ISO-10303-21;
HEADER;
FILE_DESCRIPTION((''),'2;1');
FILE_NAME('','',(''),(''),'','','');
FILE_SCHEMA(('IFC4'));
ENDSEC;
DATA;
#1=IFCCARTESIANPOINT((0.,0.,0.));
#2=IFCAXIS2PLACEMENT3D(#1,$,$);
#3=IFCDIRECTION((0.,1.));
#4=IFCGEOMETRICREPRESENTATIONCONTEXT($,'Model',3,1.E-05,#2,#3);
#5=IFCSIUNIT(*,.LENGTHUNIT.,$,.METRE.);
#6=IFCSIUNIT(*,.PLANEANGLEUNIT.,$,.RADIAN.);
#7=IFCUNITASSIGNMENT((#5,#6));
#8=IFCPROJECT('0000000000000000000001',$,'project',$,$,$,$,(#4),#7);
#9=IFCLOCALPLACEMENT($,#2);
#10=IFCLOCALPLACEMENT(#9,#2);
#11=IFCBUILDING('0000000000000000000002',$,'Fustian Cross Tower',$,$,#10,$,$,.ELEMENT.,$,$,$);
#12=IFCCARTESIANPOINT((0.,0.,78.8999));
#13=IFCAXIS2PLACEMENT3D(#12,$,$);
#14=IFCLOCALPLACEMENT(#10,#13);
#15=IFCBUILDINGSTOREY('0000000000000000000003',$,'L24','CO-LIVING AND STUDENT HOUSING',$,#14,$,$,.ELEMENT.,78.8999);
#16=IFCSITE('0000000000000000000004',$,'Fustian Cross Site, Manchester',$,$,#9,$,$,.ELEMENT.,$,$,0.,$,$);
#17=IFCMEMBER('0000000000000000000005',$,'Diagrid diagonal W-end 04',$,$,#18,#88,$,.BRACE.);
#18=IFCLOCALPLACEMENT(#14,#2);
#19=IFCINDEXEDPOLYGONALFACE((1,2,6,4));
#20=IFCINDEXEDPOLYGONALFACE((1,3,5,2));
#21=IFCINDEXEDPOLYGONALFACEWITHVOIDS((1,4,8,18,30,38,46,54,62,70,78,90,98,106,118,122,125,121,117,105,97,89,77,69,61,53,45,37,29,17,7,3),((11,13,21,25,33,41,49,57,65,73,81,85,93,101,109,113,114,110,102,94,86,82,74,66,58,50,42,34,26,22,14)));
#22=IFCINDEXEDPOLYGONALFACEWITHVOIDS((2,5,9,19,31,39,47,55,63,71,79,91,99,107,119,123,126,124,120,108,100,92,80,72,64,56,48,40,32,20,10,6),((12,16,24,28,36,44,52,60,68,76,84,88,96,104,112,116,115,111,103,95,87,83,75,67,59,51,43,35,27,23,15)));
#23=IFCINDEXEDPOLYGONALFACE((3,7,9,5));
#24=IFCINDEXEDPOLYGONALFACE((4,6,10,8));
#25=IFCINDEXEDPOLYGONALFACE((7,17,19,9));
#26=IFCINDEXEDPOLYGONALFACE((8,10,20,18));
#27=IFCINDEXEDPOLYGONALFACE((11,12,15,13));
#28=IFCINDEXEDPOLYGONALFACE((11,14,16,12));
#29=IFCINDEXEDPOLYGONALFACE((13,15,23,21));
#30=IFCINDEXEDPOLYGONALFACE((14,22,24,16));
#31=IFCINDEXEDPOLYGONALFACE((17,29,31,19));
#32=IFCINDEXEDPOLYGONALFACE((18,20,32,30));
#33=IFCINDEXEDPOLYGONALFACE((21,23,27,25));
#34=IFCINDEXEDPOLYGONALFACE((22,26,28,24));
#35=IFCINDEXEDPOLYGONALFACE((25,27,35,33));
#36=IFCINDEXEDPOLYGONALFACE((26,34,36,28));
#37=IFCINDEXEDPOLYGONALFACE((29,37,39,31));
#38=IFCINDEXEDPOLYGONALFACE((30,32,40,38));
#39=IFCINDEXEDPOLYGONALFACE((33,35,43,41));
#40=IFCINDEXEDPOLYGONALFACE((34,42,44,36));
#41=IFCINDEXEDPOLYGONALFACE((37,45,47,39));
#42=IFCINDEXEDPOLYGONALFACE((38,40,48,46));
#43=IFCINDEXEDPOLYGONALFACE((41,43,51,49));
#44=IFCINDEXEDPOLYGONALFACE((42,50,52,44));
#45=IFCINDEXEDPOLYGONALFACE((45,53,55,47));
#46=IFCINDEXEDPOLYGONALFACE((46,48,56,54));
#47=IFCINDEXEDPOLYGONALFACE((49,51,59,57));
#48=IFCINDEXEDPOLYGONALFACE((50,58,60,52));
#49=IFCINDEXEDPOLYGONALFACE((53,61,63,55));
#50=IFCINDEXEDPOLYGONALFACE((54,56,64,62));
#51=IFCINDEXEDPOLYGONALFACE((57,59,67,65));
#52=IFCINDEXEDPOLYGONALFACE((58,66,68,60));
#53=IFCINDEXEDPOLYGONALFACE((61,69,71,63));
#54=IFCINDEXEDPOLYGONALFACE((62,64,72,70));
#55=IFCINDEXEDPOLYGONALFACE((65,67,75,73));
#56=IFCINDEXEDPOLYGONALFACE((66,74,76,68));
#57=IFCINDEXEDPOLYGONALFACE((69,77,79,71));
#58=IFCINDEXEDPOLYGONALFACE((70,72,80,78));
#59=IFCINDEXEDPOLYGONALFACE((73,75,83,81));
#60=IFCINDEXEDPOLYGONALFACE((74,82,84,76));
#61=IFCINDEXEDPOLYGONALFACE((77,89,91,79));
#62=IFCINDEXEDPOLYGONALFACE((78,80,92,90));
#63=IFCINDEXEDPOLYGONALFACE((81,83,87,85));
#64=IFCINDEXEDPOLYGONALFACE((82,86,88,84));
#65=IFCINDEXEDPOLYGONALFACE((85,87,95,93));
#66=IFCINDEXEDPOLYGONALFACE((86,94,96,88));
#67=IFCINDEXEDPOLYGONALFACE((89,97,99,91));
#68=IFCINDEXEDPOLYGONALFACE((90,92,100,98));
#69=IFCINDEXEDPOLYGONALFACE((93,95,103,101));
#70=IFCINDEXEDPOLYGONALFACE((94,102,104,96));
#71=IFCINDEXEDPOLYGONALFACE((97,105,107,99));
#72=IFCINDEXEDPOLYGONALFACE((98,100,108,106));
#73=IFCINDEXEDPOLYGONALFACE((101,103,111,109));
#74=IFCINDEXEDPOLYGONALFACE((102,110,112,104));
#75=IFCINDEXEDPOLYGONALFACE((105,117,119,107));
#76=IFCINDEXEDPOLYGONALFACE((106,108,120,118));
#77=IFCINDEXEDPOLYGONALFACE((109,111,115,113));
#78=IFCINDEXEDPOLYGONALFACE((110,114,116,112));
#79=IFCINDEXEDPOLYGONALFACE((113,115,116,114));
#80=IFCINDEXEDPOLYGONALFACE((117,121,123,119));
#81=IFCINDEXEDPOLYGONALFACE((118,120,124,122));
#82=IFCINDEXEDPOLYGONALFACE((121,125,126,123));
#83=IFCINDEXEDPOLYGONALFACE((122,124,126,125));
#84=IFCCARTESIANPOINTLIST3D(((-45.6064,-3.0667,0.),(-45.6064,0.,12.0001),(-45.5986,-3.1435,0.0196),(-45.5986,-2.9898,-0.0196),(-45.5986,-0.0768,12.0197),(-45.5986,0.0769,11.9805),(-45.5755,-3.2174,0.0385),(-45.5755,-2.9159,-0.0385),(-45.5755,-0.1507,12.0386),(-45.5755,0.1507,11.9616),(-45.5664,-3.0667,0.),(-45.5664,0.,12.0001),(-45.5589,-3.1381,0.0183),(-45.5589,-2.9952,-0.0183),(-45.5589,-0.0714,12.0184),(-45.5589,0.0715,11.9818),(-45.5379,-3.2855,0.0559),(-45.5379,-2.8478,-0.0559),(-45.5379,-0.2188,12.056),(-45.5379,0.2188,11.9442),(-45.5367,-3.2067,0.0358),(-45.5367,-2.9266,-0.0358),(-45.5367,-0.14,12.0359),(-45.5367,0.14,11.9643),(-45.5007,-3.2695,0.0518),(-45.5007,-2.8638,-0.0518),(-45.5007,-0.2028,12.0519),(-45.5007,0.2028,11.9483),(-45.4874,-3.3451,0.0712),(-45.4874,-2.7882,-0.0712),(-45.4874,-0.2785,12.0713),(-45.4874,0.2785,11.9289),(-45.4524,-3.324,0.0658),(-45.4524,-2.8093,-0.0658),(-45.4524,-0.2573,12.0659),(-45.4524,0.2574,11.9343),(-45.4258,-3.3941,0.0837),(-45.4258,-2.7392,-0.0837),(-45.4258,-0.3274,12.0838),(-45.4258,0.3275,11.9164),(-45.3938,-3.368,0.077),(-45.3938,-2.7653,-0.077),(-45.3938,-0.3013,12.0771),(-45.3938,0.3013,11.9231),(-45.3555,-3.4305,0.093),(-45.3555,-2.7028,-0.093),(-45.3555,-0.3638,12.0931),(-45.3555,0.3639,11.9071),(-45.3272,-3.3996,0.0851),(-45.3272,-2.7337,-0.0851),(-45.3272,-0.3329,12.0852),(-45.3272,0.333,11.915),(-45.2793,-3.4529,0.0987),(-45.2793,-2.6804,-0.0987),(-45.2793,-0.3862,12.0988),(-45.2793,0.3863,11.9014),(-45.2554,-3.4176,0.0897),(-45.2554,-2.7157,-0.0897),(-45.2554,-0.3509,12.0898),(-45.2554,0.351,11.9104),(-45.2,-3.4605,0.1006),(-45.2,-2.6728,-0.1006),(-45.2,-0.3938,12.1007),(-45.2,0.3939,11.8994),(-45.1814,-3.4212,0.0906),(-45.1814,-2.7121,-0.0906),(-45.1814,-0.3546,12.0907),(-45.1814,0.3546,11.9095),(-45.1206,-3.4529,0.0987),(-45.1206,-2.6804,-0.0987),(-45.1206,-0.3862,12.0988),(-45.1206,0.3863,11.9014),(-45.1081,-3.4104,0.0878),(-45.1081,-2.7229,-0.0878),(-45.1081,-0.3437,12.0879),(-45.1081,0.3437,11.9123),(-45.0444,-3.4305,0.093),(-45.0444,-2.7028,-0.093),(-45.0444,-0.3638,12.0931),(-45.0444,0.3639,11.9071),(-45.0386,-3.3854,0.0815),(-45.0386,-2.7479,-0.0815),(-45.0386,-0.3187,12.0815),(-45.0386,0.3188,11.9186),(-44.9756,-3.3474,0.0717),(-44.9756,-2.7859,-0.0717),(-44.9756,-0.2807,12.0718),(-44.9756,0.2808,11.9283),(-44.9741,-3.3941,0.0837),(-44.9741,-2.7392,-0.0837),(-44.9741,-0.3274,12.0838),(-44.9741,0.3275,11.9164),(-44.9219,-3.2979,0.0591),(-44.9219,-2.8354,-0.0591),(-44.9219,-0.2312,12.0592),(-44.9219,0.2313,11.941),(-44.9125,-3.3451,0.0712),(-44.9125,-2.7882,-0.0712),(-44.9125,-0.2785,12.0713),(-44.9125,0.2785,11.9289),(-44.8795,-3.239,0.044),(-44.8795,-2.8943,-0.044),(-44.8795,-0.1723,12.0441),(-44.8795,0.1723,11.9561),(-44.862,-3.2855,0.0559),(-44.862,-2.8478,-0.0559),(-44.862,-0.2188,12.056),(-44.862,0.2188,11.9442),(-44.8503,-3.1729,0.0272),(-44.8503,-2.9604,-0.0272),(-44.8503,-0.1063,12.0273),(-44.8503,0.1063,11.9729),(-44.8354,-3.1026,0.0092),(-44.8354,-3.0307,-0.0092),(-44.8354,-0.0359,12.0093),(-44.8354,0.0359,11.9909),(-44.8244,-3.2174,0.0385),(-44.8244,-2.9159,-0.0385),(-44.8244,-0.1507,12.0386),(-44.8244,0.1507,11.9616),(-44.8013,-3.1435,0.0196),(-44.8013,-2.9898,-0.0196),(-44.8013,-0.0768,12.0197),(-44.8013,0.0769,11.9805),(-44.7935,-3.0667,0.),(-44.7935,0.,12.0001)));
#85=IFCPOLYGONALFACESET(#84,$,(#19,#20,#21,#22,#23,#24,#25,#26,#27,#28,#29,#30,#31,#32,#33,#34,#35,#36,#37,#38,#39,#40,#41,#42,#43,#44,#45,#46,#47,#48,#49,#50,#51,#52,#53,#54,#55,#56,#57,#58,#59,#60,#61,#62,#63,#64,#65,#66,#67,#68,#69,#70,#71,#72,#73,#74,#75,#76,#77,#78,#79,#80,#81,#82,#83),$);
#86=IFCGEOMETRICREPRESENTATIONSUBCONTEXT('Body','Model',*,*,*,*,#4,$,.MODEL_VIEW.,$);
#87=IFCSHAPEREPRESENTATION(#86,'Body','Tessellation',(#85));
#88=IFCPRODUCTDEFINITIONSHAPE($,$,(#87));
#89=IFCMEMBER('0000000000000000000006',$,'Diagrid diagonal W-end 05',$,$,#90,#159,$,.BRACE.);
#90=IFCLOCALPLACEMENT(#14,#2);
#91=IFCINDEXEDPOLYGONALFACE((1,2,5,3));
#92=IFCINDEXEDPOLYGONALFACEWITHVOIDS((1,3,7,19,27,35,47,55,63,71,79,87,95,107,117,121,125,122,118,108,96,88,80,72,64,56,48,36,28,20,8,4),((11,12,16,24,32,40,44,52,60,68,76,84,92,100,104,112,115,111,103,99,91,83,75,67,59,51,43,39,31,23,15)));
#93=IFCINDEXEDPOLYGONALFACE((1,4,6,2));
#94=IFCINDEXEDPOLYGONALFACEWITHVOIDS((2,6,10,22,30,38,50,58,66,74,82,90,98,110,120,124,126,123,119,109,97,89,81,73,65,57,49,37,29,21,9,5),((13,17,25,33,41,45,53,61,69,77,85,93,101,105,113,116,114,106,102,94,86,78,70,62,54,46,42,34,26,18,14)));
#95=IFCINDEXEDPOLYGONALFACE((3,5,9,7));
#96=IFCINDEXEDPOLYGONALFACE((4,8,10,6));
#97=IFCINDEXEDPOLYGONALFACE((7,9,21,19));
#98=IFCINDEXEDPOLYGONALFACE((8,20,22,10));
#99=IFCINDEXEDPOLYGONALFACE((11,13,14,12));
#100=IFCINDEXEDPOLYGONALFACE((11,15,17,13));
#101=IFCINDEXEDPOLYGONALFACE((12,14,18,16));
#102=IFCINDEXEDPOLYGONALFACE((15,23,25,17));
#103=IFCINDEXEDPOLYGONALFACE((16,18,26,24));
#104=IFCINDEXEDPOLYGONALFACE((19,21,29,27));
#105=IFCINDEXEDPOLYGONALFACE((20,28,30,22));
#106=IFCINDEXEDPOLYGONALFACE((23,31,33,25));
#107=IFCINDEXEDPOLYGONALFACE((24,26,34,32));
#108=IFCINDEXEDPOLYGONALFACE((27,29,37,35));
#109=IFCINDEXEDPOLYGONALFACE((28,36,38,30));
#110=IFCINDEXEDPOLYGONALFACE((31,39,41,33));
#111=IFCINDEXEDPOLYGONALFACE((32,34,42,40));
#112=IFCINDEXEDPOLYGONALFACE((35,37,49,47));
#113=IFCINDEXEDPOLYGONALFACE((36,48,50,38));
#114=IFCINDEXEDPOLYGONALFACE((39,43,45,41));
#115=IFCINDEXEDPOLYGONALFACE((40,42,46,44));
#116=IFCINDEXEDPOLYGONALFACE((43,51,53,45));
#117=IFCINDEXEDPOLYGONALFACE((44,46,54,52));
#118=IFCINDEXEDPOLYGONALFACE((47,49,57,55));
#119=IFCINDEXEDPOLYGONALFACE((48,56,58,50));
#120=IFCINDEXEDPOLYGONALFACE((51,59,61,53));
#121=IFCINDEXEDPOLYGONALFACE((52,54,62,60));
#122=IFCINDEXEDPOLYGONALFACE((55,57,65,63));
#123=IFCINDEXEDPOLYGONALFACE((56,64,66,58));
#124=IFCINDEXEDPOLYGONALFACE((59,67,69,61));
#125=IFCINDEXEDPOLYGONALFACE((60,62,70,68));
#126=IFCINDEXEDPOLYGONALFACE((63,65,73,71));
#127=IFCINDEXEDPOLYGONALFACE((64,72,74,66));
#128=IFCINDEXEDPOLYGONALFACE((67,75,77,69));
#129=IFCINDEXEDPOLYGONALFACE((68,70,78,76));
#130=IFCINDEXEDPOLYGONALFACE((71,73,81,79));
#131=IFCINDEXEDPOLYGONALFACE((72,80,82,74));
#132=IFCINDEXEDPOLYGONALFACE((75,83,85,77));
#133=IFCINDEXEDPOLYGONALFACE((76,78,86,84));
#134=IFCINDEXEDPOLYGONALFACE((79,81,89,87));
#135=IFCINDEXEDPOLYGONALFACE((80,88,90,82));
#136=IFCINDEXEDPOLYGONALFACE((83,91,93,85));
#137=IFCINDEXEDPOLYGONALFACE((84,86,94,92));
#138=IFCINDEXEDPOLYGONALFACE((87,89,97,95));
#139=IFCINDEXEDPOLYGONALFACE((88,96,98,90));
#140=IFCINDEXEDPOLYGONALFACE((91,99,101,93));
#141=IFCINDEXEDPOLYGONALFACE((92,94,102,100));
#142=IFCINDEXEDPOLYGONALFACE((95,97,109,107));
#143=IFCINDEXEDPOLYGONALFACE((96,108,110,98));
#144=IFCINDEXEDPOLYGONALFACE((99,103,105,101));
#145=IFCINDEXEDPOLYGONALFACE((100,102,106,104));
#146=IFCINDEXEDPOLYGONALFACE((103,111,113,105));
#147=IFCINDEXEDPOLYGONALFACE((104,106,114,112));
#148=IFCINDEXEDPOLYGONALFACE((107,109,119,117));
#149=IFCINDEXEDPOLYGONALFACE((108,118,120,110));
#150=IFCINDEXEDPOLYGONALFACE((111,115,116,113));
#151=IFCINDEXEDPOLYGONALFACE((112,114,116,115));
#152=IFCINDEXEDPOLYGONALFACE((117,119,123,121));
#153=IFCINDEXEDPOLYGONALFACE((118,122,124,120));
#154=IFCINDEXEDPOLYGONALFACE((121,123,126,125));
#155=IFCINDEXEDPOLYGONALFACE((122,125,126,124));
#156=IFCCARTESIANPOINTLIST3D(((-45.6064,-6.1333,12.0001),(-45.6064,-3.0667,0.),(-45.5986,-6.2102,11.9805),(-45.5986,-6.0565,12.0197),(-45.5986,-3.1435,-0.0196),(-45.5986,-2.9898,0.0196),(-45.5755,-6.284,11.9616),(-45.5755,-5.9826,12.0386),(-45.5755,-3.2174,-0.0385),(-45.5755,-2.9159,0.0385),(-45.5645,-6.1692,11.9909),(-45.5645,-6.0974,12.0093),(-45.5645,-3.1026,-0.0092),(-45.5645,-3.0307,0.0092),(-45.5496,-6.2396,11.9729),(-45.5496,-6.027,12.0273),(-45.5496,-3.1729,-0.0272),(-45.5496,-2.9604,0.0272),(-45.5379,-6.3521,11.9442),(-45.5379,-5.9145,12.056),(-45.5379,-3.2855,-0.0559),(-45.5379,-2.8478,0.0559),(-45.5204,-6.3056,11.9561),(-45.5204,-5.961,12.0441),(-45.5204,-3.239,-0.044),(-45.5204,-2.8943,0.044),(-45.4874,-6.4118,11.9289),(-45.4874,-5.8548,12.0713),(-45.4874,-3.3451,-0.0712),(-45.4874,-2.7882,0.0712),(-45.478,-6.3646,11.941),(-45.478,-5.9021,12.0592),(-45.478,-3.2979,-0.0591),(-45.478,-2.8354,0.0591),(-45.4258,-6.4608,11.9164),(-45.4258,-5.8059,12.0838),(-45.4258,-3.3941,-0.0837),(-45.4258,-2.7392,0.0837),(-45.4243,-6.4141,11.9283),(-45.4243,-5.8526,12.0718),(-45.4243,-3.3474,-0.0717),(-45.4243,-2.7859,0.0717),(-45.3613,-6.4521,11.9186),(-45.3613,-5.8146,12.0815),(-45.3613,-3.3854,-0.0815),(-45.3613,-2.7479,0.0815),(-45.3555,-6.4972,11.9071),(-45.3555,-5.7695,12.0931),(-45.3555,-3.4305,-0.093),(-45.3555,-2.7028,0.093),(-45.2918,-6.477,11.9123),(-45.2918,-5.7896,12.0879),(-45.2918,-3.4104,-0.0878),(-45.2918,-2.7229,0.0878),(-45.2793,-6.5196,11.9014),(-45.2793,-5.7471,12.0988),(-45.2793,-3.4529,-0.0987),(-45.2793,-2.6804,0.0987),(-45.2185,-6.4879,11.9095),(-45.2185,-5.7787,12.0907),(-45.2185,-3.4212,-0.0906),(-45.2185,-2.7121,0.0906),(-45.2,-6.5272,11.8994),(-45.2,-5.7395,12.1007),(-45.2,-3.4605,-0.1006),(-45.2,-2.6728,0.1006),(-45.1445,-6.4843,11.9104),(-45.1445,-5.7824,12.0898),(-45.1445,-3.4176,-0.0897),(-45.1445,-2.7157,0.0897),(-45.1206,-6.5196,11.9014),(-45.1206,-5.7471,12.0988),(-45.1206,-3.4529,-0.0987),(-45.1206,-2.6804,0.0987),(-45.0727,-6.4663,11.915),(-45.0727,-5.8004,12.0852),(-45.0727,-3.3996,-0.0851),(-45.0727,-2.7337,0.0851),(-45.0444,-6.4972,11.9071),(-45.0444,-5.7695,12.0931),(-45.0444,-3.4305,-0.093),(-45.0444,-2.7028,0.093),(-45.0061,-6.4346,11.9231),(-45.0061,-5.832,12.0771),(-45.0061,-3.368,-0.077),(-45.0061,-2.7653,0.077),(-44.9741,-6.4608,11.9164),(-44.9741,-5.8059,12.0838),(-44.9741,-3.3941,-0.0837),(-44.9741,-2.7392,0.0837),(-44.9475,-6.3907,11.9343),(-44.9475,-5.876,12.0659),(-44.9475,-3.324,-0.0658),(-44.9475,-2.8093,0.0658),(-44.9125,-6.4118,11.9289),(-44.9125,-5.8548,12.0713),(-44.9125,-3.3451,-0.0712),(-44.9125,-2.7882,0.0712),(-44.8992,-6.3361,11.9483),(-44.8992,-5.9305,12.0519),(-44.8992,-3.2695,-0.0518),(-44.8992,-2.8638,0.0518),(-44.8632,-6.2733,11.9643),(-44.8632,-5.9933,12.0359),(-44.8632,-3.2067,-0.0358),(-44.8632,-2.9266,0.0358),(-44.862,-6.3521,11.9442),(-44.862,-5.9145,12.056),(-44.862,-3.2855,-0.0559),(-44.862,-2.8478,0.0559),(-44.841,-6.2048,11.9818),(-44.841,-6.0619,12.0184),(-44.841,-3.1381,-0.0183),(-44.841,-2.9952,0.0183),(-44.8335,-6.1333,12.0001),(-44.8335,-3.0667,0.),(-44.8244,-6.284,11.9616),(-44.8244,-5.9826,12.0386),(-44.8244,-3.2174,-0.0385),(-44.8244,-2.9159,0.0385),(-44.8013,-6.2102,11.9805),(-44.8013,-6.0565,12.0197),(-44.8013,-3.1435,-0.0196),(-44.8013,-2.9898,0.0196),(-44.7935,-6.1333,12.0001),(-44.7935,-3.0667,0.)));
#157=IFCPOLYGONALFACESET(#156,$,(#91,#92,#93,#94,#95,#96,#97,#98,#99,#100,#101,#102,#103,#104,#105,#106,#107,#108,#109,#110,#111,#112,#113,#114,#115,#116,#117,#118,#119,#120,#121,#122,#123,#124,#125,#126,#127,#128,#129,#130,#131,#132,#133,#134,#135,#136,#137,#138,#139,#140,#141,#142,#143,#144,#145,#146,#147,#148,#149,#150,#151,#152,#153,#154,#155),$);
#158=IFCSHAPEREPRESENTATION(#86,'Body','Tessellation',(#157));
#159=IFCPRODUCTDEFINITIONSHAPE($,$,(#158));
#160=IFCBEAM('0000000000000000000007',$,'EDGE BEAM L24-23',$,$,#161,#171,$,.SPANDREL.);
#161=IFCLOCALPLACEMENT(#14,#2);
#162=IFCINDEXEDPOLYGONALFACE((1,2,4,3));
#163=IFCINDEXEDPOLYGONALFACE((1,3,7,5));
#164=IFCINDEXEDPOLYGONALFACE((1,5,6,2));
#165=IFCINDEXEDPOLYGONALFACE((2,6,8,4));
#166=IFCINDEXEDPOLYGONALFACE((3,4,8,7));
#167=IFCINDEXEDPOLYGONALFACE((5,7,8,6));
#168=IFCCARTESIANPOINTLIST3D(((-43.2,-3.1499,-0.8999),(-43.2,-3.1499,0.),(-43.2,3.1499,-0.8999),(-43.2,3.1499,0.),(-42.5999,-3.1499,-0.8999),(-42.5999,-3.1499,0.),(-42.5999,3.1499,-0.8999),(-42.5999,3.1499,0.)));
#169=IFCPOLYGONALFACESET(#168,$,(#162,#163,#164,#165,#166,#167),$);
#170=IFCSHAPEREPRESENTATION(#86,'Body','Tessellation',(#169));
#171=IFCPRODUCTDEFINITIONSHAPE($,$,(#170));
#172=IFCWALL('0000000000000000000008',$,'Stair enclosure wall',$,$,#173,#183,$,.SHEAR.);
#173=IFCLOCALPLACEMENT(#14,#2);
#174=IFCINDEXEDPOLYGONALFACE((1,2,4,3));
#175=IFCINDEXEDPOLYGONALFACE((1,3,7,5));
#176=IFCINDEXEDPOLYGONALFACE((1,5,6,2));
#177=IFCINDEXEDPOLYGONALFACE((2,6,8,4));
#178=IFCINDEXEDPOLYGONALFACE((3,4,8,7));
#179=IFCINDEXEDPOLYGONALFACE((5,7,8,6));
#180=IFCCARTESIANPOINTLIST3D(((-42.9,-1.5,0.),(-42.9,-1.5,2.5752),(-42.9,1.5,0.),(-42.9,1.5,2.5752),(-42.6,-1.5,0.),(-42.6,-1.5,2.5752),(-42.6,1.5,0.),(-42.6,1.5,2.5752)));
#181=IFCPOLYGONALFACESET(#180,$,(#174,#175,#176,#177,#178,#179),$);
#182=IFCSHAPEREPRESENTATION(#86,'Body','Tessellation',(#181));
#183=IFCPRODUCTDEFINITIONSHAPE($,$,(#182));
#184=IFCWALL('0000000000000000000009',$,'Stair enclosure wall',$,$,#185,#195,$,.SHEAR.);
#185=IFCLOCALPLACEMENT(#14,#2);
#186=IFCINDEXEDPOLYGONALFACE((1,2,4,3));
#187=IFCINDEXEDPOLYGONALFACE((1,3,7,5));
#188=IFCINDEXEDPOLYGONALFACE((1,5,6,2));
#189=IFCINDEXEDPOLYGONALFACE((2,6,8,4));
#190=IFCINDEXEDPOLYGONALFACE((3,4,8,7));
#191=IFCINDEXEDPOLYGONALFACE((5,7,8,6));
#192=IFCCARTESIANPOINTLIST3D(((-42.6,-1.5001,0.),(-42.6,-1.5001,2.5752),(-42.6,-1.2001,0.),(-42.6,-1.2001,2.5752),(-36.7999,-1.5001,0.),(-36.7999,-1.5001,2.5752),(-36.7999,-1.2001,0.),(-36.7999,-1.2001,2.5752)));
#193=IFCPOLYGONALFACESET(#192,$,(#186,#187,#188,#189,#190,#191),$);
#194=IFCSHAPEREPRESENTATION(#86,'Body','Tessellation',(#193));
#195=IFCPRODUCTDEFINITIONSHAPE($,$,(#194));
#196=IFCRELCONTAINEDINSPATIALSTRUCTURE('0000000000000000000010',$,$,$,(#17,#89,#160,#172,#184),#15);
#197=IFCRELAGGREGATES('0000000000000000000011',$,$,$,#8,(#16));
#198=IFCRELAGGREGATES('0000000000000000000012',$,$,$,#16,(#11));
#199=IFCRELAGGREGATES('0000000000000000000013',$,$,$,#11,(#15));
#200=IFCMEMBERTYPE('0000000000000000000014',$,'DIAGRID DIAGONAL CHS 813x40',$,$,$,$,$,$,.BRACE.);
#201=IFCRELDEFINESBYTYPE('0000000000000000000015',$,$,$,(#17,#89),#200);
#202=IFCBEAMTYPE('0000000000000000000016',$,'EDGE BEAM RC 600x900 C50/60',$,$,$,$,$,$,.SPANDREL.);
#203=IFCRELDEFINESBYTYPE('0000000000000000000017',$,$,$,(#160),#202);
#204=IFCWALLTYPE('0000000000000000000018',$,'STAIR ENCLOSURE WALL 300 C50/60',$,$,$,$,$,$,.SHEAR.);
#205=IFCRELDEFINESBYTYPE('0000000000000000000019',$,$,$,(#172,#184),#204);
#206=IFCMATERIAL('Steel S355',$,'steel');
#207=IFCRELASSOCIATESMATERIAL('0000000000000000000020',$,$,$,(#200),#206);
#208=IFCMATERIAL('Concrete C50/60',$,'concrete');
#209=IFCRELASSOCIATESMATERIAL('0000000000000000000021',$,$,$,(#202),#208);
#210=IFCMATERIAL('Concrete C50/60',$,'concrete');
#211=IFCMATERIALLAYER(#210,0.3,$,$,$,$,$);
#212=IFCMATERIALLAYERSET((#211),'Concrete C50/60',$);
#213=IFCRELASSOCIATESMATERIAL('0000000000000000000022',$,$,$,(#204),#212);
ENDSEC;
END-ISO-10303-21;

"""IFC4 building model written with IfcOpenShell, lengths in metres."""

from ifc_helpers import new_model, si_unit, direction, frame, frame_2d, origin, origin_2d, place, context, subcontext, project, spatial, rectangle, hollow_circle, extrude, material, layer, layer_set, material_profile, profile_set, type_object, element, save


model = new_model("IFC4")

# Units and contexts
model_context = context("Model", 3, precision=1e-05, world=origin(), true_north=direction((0.0, 1.0)))
body_context = subcontext(model_context, "Body", "Model", "MODEL_VIEW")
ifc_project = project(units=[si_unit("LENGTHUNIT", "METRE"), si_unit("PLANEANGLEUNIT", "RADIAN")], contexts=[model_context])

# Site, building, storey
site_placement = place(None, origin())
site = spatial("IfcSite", under=ifc_project, at=site_placement, Name="Fustian Cross Site, Manchester", CompositionType="ELEMENT", RefElevation=0.0)
building_placement = place(site_placement, origin())
building = spatial("IfcBuilding", under=site, at=building_placement, Name="Fustian Cross Tower", CompositionType="ELEMENT")
storey_placement = place(building_placement, frame((0.0, 0.0, 78.8999)))
storey = spatial("IfcBuildingStorey", under=building, at=storey_placement, Name="L24", Description="CO-LIVING AND STUDENT HOUSING", CompositionType="ELEMENT", Elevation=78.8999)

# Members
ifc_material_1 = material(Name="Steel S355", Category="steel")
ifc_material_profile_1 = material_profile(ifc_material_1, hollow_circle(Radius=0.4065, WallThickness=0.04, at=origin_2d()), Name="CHS 813x40")
ifc_profile_set_1 = profile_set([ifc_material_profile_1], Name="Steel S355")
member_type_1 = type_object("IfcMemberType", Name="DIAGRID DIAGONAL CHS 813x40", PredefinedType="BRACE", material=ifc_profile_set_1)
for number, where, z_axis, x_axis, name in (
    (1, (-45.2, -3.0667, 0.0), (0.0, 0.247597, 0.968863), (-1.0, 0.0, 0.0), "Diagrid diagonal W-end 04"),
    (2, (-45.2, -3.0667, 0.0), (0.0, -0.247597, 0.968863), (1.0, 0.0, 0.0), "Diagrid diagonal W-end 05"),
):
    element("IfcMember", number, at=place(storey_placement, frame(where, z_axis=z_axis, x_axis=x_axis)), inside=storey, type_object=member_type_1, Name=name, PredefinedType="BRACE", context=body_context, shape_type="SweptSolid", body=[
        extrude(hollow_circle(Radius=0.4065, WallThickness=0.04, at=origin_2d()), origin(), (0.0, 0.0, 1.0), 12.3857),
    ])

# Beam
ifc_material_2 = material(Name="Concrete C50/60", Category="concrete")
ifc_material_profile_2 = material_profile(ifc_material_2, rectangle(XDim=0.6001, YDim=0.8999, at=origin_2d()), Name="RC 600x900")
ifc_profile_set_2 = profile_set([ifc_material_profile_2], Name="Concrete C50/60")
beam_type = type_object("IfcBeamType", Name="EDGE BEAM RC 600x900 C50/60", PredefinedType="SPANDREL", material=ifc_profile_set_2)
beam_placement = place(storey_placement, frame((-42.8999, 3.1499, -0.45), z_axis=(0.0, -1.0, 0.0), x_axis=(1.0, 0.0, 0.0)))
element("IfcBeam", 3, at=beam_placement, inside=storey, type_object=beam_type, Name="EDGE BEAM L24-23", PredefinedType="SPANDREL", context=body_context, shape_type="SweptSolid", body=[
    extrude(rectangle(XDim=0.6001, YDim=0.8999, at=origin_2d()), origin(), (0.0, 0.0, 1.0), 6.2998),
])

# Walls
ifc_material_3 = material(Name="Concrete C50/60", Category="concrete")
ifc_layer_1 = layer(ifc_material_3, 0.3)
ifc_layer_set_1 = layer_set([ifc_layer_1], Name="Concrete C50/60")
wall_type_1 = type_object("IfcWallType", Name="STAIR ENCLOSURE WALL 300 C50/60", PredefinedType="SHEAR", material=ifc_layer_set_1)
wall_1_placement = place(storey_placement, frame((-42.75, -1.5, 0.0), z_axis=(0.0, 0.0, 1.0), x_axis=(0.0, 1.0, 0.0)))
element("IfcWall", 4, at=wall_1_placement, inside=storey, type_object=wall_type_1, Name="Stair enclosure wall", PredefinedType="SHEAR", context=body_context, shape_type="SweptSolid", body=[
    extrude(rectangle(XDim=3.0, YDim=0.3, at=frame_2d((1.5, 0.0))), origin(), (0.0, 0.0, 1.0), 2.5752),
])
for number, where, z_axis, x_axis, name in (
    (5, (-36.8, -1.3501, 0.0), (0.0, 0.0, 1.0), (-1.0, 0.0, 0.0), "Stair enclosure wall"),
):
    element("IfcWall", number, at=place(storey_placement, frame(where, z_axis=z_axis, x_axis=x_axis)), inside=storey, type_object=wall_type_1, Name=name, PredefinedType="SHEAR", context=body_context, shape_type="SweptSolid", body=[
        extrude(rectangle(XDim=5.8, YDim=0.3, at=frame_2d((2.8999, 0.0))), origin(), (0.0, 0.0, 1.0), 2.5752),
    ])

save(model, "model.ifc")
